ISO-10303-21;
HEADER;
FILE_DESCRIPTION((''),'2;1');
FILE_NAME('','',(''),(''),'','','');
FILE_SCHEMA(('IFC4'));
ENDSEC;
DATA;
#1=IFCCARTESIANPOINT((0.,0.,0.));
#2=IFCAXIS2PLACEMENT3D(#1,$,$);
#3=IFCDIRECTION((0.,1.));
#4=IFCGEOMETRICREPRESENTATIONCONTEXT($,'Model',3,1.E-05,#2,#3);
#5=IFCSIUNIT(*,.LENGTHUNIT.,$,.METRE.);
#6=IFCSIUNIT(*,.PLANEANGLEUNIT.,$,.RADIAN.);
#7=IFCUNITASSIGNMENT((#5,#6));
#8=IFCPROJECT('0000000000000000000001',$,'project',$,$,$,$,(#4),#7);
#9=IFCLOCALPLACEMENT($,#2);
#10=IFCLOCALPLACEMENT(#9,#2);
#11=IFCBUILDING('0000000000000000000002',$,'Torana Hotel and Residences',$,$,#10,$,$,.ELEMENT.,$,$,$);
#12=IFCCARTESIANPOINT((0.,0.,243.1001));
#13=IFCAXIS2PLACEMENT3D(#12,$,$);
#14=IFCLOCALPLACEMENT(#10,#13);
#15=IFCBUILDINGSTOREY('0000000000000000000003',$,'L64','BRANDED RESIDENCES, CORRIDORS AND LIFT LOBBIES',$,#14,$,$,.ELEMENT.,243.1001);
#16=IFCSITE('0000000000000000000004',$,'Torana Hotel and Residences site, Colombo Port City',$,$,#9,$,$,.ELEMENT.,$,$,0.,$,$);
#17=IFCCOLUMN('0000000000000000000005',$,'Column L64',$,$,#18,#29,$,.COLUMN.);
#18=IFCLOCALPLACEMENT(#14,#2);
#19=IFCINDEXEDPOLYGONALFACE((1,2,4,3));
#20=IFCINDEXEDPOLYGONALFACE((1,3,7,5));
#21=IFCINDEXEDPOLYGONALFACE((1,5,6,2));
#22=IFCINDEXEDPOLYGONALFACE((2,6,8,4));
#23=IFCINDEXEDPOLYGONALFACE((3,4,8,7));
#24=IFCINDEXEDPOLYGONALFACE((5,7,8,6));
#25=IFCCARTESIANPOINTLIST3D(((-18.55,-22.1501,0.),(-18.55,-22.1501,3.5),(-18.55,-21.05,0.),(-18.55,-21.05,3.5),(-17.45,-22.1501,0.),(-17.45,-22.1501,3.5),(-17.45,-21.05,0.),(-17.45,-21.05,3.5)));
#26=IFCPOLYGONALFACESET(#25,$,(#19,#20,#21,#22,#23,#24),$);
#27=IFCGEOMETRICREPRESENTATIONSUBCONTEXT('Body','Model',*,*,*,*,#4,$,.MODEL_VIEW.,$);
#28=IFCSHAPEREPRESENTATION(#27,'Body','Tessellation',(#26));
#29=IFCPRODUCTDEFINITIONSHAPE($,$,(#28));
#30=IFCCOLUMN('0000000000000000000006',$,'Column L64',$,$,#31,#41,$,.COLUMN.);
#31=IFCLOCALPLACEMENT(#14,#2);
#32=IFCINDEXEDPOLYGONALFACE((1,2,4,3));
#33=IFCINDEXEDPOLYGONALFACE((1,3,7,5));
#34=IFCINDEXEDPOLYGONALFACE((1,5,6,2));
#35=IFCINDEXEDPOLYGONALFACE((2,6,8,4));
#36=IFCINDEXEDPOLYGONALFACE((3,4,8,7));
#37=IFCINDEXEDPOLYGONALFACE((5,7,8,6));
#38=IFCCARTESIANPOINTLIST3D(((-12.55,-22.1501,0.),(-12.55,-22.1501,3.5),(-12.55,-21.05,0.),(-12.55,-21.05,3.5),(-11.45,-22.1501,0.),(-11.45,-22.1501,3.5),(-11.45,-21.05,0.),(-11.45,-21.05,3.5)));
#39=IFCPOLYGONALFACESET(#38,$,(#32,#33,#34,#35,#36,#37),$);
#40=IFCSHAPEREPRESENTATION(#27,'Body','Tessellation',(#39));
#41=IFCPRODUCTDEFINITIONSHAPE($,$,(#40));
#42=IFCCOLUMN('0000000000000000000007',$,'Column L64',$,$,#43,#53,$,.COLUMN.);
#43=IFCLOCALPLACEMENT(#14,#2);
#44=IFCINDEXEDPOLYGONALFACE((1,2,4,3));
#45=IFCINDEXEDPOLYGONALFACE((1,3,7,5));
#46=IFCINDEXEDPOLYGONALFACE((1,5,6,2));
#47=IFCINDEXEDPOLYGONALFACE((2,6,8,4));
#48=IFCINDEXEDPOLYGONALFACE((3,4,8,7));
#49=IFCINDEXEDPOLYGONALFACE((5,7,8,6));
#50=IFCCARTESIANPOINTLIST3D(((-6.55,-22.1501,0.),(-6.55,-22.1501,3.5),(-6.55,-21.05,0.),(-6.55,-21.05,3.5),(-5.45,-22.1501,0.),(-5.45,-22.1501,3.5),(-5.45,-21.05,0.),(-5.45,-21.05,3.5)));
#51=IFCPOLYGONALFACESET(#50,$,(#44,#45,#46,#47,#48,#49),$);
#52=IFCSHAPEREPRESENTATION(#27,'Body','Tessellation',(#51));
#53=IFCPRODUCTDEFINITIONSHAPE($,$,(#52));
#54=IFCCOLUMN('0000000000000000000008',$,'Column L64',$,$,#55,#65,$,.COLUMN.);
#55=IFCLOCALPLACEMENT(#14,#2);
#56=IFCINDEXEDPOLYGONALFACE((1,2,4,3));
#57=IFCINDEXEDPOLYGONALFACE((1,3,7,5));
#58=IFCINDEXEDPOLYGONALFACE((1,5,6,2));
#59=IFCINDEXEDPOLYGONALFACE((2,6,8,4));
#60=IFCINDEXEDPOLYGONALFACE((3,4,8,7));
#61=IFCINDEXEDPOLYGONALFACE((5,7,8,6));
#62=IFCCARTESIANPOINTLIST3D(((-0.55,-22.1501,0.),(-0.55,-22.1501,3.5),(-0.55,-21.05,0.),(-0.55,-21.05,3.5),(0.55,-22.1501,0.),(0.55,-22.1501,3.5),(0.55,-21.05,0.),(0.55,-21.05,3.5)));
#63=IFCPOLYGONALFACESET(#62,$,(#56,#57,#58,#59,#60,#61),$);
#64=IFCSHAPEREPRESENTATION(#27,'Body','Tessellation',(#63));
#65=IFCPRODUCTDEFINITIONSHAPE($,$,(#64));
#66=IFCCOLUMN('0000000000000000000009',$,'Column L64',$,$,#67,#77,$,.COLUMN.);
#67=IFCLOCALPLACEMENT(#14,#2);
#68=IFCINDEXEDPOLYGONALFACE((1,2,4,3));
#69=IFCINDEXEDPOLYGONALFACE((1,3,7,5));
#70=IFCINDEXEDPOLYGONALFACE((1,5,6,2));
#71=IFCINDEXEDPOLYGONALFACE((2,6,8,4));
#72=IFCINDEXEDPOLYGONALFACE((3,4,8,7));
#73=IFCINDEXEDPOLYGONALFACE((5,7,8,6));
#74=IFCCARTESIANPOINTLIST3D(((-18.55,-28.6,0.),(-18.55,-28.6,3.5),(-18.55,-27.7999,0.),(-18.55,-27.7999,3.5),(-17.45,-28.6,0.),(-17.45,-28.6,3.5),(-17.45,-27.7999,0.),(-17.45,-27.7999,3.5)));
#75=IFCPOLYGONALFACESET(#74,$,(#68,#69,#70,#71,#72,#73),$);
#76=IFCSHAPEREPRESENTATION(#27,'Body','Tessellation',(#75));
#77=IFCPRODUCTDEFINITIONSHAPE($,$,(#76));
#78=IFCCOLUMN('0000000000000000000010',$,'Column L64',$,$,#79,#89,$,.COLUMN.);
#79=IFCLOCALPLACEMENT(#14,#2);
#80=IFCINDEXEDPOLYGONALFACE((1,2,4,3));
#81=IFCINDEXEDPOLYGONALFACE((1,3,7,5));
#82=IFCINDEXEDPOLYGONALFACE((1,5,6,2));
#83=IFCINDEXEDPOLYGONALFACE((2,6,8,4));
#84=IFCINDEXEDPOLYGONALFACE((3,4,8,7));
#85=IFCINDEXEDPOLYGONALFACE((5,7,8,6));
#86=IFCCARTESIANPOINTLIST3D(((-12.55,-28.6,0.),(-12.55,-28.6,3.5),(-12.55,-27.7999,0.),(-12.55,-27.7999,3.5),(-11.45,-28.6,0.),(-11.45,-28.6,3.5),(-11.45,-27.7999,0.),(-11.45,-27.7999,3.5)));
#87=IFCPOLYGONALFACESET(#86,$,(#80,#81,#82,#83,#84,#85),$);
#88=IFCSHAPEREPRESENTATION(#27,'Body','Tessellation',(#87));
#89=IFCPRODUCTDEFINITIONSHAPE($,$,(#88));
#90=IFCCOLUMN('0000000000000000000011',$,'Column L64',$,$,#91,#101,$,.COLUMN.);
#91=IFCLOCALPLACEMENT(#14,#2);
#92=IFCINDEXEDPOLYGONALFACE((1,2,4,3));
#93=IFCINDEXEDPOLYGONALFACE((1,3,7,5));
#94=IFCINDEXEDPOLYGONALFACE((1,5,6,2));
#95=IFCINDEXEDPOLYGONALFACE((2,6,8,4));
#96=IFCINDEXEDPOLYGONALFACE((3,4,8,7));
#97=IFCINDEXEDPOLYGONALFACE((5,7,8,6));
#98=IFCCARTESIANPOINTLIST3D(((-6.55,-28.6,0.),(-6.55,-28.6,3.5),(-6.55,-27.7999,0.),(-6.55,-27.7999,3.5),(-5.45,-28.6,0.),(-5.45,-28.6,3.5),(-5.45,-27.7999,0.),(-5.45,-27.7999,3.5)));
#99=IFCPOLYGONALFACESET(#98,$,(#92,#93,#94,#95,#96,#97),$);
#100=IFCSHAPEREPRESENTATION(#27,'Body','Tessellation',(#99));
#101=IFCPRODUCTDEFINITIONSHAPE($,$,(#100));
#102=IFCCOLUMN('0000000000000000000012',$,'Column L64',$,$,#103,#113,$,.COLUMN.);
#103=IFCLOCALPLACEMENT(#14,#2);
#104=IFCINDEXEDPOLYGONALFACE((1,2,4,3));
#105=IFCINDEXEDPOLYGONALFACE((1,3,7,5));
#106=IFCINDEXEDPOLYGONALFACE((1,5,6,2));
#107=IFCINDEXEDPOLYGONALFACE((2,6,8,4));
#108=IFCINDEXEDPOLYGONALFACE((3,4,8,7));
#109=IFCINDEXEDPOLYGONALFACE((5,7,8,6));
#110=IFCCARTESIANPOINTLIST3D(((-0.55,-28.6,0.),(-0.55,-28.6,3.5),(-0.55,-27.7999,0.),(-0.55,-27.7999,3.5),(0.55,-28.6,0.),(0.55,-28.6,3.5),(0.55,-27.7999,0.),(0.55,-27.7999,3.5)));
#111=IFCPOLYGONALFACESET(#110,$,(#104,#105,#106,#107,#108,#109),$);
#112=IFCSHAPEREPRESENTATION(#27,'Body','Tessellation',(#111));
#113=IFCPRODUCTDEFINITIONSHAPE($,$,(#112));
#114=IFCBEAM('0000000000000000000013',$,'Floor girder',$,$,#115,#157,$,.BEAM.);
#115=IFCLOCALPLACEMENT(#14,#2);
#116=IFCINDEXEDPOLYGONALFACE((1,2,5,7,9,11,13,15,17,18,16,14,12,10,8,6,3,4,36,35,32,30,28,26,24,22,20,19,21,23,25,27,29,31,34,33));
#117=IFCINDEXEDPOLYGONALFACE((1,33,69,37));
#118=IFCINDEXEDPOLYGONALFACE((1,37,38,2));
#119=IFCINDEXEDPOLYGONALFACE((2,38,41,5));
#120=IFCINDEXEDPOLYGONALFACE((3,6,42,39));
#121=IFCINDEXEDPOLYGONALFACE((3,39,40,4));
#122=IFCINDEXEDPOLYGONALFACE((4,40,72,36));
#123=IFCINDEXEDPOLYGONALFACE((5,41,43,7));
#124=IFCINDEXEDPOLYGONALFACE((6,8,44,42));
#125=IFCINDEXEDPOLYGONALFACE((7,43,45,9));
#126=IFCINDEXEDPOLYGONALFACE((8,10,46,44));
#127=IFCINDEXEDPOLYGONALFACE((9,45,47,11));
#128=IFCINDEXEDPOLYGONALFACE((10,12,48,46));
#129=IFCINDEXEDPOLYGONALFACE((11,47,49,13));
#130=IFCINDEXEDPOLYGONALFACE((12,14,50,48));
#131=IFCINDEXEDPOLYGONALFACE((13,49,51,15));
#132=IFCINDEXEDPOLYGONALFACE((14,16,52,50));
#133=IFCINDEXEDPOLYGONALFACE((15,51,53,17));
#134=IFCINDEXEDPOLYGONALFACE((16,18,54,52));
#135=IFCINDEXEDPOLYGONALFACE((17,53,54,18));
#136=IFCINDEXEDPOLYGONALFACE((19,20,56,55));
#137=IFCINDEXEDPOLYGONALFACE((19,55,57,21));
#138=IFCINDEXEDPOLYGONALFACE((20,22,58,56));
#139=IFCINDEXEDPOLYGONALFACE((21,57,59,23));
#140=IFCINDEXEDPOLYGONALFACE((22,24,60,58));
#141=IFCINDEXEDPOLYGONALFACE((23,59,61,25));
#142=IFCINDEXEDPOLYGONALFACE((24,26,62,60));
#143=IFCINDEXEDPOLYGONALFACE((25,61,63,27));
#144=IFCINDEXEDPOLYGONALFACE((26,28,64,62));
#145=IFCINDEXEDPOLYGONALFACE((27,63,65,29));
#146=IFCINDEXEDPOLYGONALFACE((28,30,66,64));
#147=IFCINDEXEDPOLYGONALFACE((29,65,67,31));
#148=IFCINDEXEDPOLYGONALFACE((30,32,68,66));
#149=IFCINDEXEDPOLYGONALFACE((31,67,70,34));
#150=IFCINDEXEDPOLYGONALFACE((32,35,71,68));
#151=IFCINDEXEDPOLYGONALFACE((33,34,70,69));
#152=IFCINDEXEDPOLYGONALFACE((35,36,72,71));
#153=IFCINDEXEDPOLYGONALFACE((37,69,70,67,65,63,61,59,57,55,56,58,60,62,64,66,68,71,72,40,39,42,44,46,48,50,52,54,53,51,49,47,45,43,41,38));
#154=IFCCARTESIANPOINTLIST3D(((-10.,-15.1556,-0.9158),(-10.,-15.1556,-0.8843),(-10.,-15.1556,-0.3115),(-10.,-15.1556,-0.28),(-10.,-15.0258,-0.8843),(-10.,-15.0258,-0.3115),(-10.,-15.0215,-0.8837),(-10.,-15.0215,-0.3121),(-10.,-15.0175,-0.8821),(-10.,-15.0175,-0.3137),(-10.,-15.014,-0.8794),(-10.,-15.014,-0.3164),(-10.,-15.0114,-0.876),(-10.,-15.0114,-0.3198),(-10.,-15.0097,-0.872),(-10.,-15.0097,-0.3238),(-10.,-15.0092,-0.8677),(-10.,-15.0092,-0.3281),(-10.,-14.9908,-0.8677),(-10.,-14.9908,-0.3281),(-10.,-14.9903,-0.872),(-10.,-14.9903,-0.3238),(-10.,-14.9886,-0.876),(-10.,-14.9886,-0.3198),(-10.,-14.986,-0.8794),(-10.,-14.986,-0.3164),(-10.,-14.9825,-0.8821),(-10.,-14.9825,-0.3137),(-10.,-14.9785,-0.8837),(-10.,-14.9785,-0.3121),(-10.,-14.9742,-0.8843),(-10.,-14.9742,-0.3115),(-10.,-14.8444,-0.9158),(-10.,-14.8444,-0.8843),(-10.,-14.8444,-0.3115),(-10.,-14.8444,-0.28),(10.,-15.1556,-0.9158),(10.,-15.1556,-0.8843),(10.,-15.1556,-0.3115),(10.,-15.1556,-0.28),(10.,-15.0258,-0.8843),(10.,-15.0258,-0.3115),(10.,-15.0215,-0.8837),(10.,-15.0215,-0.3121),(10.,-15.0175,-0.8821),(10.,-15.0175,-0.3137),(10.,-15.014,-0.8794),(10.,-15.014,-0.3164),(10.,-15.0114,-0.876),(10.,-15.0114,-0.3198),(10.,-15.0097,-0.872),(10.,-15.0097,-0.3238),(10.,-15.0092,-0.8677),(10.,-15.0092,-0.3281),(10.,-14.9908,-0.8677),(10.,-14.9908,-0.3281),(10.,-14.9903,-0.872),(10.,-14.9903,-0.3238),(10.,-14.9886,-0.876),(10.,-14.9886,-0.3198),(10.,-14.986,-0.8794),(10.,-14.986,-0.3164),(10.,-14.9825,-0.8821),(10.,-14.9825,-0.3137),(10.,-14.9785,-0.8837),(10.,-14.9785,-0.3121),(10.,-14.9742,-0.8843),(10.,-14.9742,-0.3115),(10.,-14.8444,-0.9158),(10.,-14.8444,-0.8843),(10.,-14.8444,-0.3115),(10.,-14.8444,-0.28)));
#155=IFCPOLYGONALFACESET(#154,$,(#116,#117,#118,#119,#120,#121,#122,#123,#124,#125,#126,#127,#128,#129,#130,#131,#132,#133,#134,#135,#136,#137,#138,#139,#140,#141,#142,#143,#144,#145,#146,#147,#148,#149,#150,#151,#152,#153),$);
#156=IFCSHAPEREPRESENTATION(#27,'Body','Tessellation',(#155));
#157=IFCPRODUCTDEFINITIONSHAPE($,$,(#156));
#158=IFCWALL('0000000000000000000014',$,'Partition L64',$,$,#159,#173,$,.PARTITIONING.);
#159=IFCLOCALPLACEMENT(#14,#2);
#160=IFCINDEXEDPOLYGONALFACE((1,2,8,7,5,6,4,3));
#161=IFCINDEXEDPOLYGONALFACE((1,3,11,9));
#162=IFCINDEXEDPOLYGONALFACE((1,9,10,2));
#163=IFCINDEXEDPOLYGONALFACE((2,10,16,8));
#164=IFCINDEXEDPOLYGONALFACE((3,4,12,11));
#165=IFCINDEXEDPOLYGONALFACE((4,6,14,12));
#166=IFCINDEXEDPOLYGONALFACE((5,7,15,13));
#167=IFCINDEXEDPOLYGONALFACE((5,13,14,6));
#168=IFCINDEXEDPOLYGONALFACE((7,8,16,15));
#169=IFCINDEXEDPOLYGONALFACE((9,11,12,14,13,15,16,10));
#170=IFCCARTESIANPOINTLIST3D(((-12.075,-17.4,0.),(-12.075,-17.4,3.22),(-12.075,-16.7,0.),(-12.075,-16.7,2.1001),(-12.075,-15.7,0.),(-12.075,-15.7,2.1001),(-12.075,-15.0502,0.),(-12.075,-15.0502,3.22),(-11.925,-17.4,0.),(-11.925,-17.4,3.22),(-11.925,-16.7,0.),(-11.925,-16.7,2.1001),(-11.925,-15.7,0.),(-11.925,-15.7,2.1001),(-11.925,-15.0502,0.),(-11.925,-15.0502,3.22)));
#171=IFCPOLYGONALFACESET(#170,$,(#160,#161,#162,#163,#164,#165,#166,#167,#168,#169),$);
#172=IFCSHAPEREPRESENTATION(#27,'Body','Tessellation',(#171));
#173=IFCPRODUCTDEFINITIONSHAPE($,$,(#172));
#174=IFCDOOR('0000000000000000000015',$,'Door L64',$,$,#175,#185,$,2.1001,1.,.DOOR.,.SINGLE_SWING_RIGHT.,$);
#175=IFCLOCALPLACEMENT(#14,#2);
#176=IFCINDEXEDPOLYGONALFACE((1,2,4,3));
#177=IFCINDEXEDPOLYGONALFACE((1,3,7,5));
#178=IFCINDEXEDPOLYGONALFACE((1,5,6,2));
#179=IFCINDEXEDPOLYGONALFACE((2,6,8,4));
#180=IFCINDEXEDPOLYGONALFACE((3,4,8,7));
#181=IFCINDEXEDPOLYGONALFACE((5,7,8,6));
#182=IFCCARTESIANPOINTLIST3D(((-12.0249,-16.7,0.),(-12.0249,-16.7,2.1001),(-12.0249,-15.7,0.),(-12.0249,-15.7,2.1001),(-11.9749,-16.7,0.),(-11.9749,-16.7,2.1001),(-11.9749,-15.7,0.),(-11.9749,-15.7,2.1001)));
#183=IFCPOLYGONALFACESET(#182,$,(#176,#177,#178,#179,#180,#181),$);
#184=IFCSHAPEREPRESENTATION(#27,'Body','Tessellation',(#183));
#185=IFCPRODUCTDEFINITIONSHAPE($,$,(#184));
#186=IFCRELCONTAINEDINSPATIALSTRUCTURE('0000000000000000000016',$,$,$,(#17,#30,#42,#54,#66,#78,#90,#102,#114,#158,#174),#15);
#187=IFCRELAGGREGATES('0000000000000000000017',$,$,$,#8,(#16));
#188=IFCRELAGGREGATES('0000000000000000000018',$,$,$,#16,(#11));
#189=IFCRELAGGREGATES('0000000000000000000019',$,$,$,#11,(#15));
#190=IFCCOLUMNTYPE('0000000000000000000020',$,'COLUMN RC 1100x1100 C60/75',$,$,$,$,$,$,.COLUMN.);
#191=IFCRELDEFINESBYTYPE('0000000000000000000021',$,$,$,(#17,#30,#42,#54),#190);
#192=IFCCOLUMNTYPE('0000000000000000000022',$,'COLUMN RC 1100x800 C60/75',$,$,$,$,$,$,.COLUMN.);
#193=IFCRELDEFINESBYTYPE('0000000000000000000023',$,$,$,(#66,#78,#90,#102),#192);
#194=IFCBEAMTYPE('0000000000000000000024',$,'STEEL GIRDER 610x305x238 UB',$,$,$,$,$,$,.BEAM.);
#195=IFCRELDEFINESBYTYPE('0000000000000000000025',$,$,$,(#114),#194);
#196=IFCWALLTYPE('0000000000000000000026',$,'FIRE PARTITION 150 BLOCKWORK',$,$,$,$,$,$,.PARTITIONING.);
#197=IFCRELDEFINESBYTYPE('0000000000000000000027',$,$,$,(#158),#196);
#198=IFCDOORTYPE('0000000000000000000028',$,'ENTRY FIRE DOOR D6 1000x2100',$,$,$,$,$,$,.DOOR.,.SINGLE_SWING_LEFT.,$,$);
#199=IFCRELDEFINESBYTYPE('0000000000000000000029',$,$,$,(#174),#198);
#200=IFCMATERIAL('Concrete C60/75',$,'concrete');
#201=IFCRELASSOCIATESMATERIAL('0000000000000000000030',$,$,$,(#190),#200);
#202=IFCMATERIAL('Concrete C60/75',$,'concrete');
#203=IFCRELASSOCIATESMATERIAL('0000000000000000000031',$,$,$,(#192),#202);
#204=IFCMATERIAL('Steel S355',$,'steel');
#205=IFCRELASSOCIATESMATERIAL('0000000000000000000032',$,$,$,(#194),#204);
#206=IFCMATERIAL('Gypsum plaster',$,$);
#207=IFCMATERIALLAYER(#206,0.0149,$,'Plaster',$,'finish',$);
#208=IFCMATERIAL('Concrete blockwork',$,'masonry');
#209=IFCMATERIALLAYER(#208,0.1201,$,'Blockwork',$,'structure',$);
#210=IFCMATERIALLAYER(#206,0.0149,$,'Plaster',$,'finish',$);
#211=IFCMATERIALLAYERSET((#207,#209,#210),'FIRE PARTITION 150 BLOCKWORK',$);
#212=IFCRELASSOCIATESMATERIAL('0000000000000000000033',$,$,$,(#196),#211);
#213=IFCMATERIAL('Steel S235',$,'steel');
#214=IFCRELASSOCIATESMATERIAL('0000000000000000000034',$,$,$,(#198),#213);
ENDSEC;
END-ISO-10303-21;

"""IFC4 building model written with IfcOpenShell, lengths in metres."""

from ifc_helpers import new_model, si_unit, direction, frame, frame_2d, origin, origin_2d, place, context, subcontext, project, spatial, rectangle, i_section, extrude, material, layer, layer_set, material_profile, profile_set, type_object, element, fill, save


model = new_model("IFC4")

# Units and contexts
model_context = context("Model", 3, precision=1e-05, world=origin(), true_north=direction((0.0, 1.0)))
body_context = subcontext(model_context, "Body", "Model", "MODEL_VIEW")
ifc_project = project(units=[si_unit("LENGTHUNIT", "METRE"), si_unit("PLANEANGLEUNIT", "RADIAN")], contexts=[model_context])

# Site, building, storey
site_placement = place(None, origin())
site = spatial("IfcSite", under=ifc_project, at=site_placement, Name="Torana Hotel and Residences site, Colombo Port City", CompositionType="ELEMENT", RefElevation=0.0)
building_placement = place(site_placement, origin())
building = spatial("IfcBuilding", under=site, at=building_placement, Name="Torana Hotel and Residences", CompositionType="ELEMENT")
storey_placement = place(building_placement, frame((0.0, 0.0, 243.1001)))
storey = spatial("IfcBuildingStorey", under=building, at=storey_placement, Name="L64", Description="BRANDED RESIDENCES, CORRIDORS AND LIFT LOBBIES", CompositionType="ELEMENT", Elevation=243.1001)

# Columns
ifc_material_1 = material(Name="Concrete C60/75", Category="concrete")
ifc_material_profile_1 = material_profile(ifc_material_1, rectangle(XDim=1.1001, YDim=1.1001, at=origin_2d()), Name="RC 1100x1100")
ifc_profile_set_1 = profile_set([ifc_material_profile_1], Name="Concrete C60/75")
column_type_1 = type_object("IfcColumnType", Name="COLUMN RC 1100x1100 C60/75", PredefinedType="COLUMN", material=ifc_profile_set_1)
for number, where, z_axis, x_axis, name in (
    (1, (-18.0, -21.6001, 0.0), (0.0, 0.0, 1.0), (1.0, 0.0, 0.0), "Column L64"),
    (2, (-12.0, -21.6001, 0.0), (0.0, 0.0, 1.0), (1.0, 0.0, 0.0), "Column L64"),
    (3, (-6.0, -21.6001, 0.0), (0.0, 0.0, 1.0), (1.0, 0.0, 0.0), "Column L64"),
    (4, (0.0, -21.6001, 0.0), (0.0, 0.0, 1.0), (1.0, 0.0, 0.0), "Column L64"),
):
    element("IfcColumn", number, at=place(storey_placement, frame(where, z_axis=z_axis, x_axis=x_axis)), inside=storey, type_object=column_type_1, Name=name, PredefinedType="COLUMN", context=body_context, shape_type="SweptSolid", body=[
        extrude(rectangle(XDim=1.1001, YDim=1.1001, at=origin_2d()), origin(), (0.0, 0.0, 1.0), 3.5),
    ])
ifc_material_2 = material(Name="Concrete C60/75", Category="concrete")
ifc_material_profile_2 = material_profile(ifc_material_2, rectangle(XDim=1.1001, YDim=0.8, at=origin_2d()), Name="RC 1100x800")
ifc_profile_set_2 = profile_set([ifc_material_profile_2], Name="Concrete C60/75")
column_type_2 = type_object("IfcColumnType", Name="COLUMN RC 1100x800 C60/75", PredefinedType="COLUMN", material=ifc_profile_set_2)
for number, where, z_axis, x_axis, name in (
    (5, (-18.0, -28.2, 0.0), (0.0, 0.0, 1.0), (1.0, 0.0, 0.0), "Column L64"),
    (6, (-12.0, -28.2, 0.0), (0.0, 0.0, 1.0), (1.0, 0.0, 0.0), "Column L64"),
    (7, (-6.0, -28.2, 0.0), (0.0, 0.0, 1.0), (1.0, 0.0, 0.0), "Column L64"),
    (8, (0.0, -28.2, 0.0), (0.0, 0.0, 1.0), (1.0, 0.0, 0.0), "Column L64"),
):
    element("IfcColumn", number, at=place(storey_placement, frame(where, z_axis=z_axis, x_axis=x_axis)), inside=storey, type_object=column_type_2, Name=name, PredefinedType="COLUMN", context=body_context, shape_type="SweptSolid", body=[
        extrude(rectangle(XDim=1.1001, YDim=0.8, at=origin_2d()), origin(), (0.0, 0.0, 1.0), 3.5),
    ])

# Beam
ifc_material_3 = material(Name="Steel S355", Category="steel")
ifc_material_profile_3 = material_profile(ifc_material_3, i_section(OverallWidth=0.3113, OverallDepth=0.6357, WebThickness=0.0183, FlangeThickness=0.0315, FilletRadius=0.0166, at=origin_2d()), Name="610x305x238 UB")
ifc_profile_set_3 = profile_set([ifc_material_profile_3], Name="Steel S355")
beam_type = type_object("IfcBeamType", Name="STEEL GIRDER 610x305x238 UB", PredefinedType="BEAM", material=ifc_profile_set_3)
beam_placement = place(storey_placement, frame((-10.0, -15.0, -0.5979), z_axis=(1.0, 0.0, 0.0), x_axis=(0.0, 1.0, 0.0)))
element("IfcBeam", 9, at=beam_placement, inside=storey, type_object=beam_type, Name="Floor girder", PredefinedType="BEAM", context=body_context, shape_type="SweptSolid", body=[
    extrude(i_section(OverallWidth=0.3113, OverallDepth=0.6357, WebThickness=0.0183, FlangeThickness=0.0315, FilletRadius=0.0166, at=origin_2d()), origin(), (0.0, 0.0, 1.0), 20.0),
])

# Wall, opening, door
ifc_material_4 = material(Name="Gypsum plaster")
ifc_layer_1 = layer(ifc_material_4, 0.0149, Name="Plaster", Category="finish")
ifc_material_5 = material(Name="Concrete blockwork", Category="masonry")
ifc_layer_2 = layer(ifc_material_5, 0.1201, Name="Blockwork", Category="structure")
ifc_layer_3 = layer(ifc_material_4, 0.0149, Name="Plaster", Category="finish")
ifc_layer_set_1 = layer_set([ifc_layer_1, ifc_layer_2, ifc_layer_3], Name="FIRE PARTITION 150 BLOCKWORK")
wall_type_1 = type_object("IfcWallType", Name="FIRE PARTITION 150 BLOCKWORK", PredefinedType="PARTITIONING", material=ifc_layer_set_1)
wall_1_placement = place(storey_placement, frame((-12.0, -17.3999, 0.0), z_axis=(0.0, 0.0, 1.0), x_axis=(0.0, 1.0, 0.0)))
wall_1 = element("IfcWall", 10, at=wall_1_placement, inside=storey, type_object=wall_type_1, Name="Partition L64", PredefinedType="PARTITIONING", context=body_context, shape_type="SweptSolid", body=[
    extrude(rectangle(XDim=2.3499, YDim=0.1499, at=frame_2d((1.1748, 0.0))), origin(), (0.0, 0.0, 1.0), 3.22),
])
opening_1_placement = place(wall_1_placement, frame((0.7, 0.0, 0.0)))
opening_1 = element("IfcOpeningElement", 11, at=opening_1_placement, cuts=wall_1, PredefinedType="OPENING", context=body_context, shape_type="SweptSolid", body=[
    extrude(rectangle(XDim=1.0, YDim=2.1001, at=frame_2d((0.5, 1.05))), frame((0.0, 0.085, 0.0), z_axis=(0.0, -1.0, 0.0), x_axis=(1.0, 0.0, 0.0)), (0.0, 0.0, 1.0), 0.1699),
])
ifc_material_6 = material(Name="Steel S235", Category="steel")
door_type_1 = type_object("IfcDoorType", Name="ENTRY FIRE DOOR D6 1000x2100", OperationType="SINGLE_SWING_LEFT", PredefinedType="DOOR", material=ifc_material_6)
door_1_placement = place(opening_1_placement, origin())
door_1 = element("IfcDoor", 12, at=door_1_placement, inside=storey, type_object=door_type_1, Name="Door L64", OperationType="SINGLE_SWING_RIGHT", OverallHeight=2.1001, OverallWidth=1.0, PredefinedType="DOOR", context=body_context, shape_type="SweptSolid", body=[
    extrude(rectangle(XDim=1.0, YDim=2.1001, at=frame_2d((0.5, 1.05))), frame((0.0, 0.0249, 0.0), z_axis=(0.0, -1.0, 0.0), x_axis=(1.0, 0.0, 0.0)), (0.0, 0.0, 1.0), 0.05),
])
fill(opening_1, door_1)

save(model, "model.ifc")
